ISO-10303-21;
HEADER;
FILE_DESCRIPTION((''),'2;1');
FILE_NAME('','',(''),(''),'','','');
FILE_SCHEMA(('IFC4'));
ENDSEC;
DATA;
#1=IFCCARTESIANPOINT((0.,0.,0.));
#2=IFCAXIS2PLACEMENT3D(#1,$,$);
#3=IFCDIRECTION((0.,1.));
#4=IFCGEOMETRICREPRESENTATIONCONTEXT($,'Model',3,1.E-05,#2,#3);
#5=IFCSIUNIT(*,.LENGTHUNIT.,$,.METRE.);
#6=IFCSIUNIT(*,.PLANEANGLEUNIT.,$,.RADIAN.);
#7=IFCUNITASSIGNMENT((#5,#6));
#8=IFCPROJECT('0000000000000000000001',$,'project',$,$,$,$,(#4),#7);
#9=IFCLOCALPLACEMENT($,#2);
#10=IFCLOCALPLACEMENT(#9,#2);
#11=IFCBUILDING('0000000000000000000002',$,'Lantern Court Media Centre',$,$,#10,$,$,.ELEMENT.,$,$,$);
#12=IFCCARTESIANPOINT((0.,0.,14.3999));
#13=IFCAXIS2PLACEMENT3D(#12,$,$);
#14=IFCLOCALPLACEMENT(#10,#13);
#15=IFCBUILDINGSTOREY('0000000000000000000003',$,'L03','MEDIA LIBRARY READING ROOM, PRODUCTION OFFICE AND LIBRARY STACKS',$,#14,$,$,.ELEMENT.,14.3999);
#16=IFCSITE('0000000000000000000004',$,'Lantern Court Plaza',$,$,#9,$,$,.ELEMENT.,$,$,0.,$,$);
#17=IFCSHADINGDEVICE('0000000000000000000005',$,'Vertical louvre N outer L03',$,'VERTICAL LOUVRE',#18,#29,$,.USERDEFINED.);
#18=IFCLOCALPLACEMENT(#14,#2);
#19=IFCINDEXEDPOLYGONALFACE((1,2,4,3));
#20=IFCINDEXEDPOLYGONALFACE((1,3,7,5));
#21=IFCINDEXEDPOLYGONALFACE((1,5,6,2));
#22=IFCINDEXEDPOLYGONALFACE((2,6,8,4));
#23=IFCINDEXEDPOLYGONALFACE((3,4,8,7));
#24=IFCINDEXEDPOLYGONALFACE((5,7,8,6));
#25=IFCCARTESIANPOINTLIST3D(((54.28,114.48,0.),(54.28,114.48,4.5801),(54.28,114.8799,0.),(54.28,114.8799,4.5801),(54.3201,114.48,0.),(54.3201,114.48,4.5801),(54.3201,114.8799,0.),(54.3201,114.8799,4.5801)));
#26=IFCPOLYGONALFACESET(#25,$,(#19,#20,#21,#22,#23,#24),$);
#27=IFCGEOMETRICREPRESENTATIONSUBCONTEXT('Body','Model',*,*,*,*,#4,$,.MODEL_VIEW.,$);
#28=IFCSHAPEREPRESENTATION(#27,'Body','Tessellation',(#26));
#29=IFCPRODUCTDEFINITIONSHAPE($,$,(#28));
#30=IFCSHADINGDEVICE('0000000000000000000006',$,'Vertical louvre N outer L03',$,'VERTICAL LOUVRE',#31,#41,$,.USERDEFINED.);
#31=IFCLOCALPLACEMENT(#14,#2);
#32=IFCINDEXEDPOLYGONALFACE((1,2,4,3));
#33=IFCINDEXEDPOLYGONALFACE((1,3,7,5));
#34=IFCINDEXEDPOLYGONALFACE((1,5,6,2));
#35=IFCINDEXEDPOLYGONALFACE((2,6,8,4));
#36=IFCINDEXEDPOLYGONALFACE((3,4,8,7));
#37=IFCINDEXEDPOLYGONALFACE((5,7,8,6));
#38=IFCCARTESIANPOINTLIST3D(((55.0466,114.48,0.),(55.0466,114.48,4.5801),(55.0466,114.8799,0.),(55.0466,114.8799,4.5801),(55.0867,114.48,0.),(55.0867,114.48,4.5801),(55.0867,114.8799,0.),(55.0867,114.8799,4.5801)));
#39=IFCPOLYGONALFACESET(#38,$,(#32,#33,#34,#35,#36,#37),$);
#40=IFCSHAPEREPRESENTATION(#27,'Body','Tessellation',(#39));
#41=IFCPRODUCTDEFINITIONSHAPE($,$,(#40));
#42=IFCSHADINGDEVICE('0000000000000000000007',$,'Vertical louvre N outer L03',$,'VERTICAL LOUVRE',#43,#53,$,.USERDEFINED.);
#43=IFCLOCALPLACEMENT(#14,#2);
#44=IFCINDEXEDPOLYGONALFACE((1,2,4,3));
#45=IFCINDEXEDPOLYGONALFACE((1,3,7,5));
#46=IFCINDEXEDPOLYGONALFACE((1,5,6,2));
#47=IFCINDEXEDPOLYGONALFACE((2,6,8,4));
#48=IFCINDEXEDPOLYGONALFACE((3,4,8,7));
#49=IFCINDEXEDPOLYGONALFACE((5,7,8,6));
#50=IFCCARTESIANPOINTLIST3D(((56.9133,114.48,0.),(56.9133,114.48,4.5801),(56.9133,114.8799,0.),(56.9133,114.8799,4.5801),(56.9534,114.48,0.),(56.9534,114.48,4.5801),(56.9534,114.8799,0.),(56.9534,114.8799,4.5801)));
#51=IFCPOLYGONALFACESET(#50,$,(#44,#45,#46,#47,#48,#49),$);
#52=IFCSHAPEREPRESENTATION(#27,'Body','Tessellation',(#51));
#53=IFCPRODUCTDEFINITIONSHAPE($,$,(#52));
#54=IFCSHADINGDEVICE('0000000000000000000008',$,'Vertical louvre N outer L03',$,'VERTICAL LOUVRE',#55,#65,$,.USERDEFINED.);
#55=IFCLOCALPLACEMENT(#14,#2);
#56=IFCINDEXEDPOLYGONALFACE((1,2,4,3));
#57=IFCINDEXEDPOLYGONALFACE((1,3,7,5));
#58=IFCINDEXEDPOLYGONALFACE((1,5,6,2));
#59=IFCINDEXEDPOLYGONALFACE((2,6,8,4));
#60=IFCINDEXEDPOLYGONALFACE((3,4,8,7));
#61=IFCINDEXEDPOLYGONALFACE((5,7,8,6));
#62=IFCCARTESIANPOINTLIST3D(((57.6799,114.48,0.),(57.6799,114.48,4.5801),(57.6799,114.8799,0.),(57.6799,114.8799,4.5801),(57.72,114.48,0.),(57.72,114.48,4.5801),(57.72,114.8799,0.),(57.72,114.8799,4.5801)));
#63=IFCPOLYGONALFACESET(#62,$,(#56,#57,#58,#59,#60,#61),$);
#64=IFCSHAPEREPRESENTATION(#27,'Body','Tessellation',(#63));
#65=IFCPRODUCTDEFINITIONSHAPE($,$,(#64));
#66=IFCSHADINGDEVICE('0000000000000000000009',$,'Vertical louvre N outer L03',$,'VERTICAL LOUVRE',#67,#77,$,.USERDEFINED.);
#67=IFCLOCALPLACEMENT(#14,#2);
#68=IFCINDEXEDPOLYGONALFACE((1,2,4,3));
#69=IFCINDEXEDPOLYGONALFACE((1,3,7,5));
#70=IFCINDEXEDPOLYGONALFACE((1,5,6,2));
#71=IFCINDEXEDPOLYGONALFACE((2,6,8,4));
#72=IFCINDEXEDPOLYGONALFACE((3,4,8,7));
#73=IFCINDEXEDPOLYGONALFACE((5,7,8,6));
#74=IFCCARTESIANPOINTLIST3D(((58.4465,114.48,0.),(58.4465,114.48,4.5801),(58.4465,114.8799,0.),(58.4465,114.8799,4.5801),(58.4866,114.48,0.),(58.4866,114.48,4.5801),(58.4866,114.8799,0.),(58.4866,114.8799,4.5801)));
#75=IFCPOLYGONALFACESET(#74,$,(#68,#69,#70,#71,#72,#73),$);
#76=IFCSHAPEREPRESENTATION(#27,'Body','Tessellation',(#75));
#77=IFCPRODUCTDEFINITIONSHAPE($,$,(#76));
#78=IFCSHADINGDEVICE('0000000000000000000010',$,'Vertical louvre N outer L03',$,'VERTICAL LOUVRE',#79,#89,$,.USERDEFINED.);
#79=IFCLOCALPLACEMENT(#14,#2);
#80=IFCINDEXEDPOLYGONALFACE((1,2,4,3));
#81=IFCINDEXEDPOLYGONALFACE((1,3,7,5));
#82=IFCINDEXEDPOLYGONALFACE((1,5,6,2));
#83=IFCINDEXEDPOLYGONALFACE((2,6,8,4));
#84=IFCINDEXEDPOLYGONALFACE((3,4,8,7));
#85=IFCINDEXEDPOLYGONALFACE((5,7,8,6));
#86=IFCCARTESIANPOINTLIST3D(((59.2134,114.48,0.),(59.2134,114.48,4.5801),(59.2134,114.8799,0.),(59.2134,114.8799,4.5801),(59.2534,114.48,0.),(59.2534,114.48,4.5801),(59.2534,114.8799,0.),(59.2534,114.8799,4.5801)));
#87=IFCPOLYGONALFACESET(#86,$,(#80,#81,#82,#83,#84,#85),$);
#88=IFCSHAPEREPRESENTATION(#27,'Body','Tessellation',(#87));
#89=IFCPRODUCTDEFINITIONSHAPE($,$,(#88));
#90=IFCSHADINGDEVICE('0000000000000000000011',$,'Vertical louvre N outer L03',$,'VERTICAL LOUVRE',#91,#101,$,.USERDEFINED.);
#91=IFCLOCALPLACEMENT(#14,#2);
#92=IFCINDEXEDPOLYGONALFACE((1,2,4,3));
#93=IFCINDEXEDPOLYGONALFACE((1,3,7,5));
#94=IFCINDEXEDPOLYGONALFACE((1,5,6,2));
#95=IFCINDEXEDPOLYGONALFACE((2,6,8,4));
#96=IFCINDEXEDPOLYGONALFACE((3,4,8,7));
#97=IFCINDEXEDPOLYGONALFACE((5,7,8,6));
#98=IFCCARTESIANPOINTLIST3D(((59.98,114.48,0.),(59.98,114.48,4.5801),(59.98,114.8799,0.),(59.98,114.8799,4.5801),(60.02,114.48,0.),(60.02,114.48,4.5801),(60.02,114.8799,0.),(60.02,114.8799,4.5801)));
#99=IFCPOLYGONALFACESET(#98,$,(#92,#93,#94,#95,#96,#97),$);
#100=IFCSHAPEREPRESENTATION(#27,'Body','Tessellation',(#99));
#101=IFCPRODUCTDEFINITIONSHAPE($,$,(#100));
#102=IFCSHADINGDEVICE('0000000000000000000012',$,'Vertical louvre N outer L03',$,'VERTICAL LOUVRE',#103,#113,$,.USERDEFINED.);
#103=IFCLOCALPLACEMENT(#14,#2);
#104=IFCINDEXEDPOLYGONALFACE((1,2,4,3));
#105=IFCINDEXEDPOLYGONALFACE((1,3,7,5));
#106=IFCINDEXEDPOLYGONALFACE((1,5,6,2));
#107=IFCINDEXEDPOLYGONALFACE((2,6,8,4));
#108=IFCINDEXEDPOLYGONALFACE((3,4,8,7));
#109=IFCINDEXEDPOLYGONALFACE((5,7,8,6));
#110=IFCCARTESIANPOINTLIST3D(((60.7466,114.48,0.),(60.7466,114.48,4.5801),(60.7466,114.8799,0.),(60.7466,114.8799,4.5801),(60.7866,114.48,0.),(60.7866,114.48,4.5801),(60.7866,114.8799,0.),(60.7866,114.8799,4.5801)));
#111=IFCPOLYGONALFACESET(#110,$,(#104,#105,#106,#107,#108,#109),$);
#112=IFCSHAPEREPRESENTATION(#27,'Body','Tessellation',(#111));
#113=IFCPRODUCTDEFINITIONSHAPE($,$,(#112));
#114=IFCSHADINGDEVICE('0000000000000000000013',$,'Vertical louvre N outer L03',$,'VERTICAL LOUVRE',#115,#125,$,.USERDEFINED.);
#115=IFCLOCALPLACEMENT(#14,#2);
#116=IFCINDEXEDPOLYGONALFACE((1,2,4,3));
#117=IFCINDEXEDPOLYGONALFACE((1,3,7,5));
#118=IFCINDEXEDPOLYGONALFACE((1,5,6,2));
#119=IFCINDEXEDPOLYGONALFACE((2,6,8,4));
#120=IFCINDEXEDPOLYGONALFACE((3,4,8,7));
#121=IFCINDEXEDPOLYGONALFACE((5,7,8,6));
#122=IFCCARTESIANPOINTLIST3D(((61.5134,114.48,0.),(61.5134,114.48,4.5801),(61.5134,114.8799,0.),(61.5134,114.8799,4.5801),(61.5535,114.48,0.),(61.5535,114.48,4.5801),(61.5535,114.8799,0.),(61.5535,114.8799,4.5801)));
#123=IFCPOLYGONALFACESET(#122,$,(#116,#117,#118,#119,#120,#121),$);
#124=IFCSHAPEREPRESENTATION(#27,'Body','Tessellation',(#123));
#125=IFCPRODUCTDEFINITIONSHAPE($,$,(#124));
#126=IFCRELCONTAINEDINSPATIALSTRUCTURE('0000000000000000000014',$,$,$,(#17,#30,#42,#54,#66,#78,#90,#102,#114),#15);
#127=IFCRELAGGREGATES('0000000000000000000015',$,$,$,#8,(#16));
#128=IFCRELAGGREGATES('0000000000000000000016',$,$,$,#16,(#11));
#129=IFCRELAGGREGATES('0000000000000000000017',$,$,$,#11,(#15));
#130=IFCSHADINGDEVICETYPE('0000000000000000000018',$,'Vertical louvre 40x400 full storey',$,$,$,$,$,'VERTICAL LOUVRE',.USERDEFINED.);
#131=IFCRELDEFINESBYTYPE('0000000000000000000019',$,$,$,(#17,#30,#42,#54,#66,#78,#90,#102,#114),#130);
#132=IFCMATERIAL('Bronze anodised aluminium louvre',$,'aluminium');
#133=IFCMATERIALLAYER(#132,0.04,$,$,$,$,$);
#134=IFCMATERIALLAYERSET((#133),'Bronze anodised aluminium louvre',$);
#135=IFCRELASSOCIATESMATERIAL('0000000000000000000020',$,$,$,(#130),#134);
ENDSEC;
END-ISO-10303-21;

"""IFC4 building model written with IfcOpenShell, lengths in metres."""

from ifc_helpers import new_model, si_unit, direction, frame, origin, origin_2d, place, context, subcontext, project, spatial, rectangle, extrude, material, layer, layer_set, type_object, element, save


model = new_model("IFC4")

# Units and contexts
model_context = context("Model", 3, precision=1e-05, world=origin(), true_north=direction((0.0, 1.0)))
body_context = subcontext(model_context, "Body", "Model", "MODEL_VIEW")
ifc_project = project(units=[si_unit("LENGTHUNIT", "METRE"), si_unit("PLANEANGLEUNIT", "RADIAN")], contexts=[model_context])

# Site, building, storey
site_placement = place(None, origin())
site = spatial("IfcSite", under=ifc_project, at=site_placement, Name="Lantern Court Plaza", CompositionType="ELEMENT", RefElevation=0.0)
building_placement = place(site_placement, origin())
building = spatial("IfcBuilding", under=site, at=building_placement, Name="Lantern Court Media Centre", CompositionType="ELEMENT")
storey_placement = place(building_placement, frame((0.0, 0.0, 14.3999)))
storey = spatial("IfcBuildingStorey", under=building, at=storey_placement, Name="L03", Description="MEDIA LIBRARY READING ROOM, PRODUCTION OFFICE AND LIBRARY STACKS", CompositionType="ELEMENT", Elevation=14.3999)

# Shading devices
ifc_material_1 = material(Name="Bronze anodised aluminium louvre", Category="aluminium")
ifc_layer_1 = layer(ifc_material_1, 0.04)
ifc_layer_set_1 = layer_set([ifc_layer_1], Name="Bronze anodised aluminium louvre")
shading_device_type = type_object("IfcShadingDeviceType", Name="Vertical louvre 40x400 full storey", ElementType="VERTICAL LOUVRE", PredefinedType="USERDEFINED", material=ifc_layer_set_1)
for number, where, z_axis, x_axis, name in (
    (1, (54.3, 114.6799, 0.0), (0.0, 0.0, 1.0), (1.0, 0.0, 0.0), "Vertical louvre N outer L03"),
    (2, (55.0667, 114.6799, 0.0), (0.0, 0.0, 1.0), (1.0, 0.0, 0.0), "Vertical louvre N outer L03"),
    (3, (56.9333, 114.6799, 0.0), (0.0, 0.0, 1.0), (1.0, 0.0, 0.0), "Vertical louvre N outer L03"),
    (4, (57.7, 114.6799, 0.0), (0.0, 0.0, 1.0), (1.0, 0.0, 0.0), "Vertical louvre N outer L03"),
    (5, (58.4666, 114.6799, 0.0), (0.0, 0.0, 1.0), (1.0, 0.0, 0.0), "Vertical louvre N outer L03"),
    (6, (59.2334, 114.6799, 0.0), (0.0, 0.0, 1.0), (1.0, 0.0, 0.0), "Vertical louvre N outer L03"),
    (7, (60.0, 114.6799, 0.0), (0.0, 0.0, 1.0), (1.0, 0.0, 0.0), "Vertical louvre N outer L03"),
    (8, (60.7666, 114.6799, 0.0), (0.0, 0.0, 1.0), (1.0, 0.0, 0.0), "Vertical louvre N outer L03"),
    (9, (61.5334, 114.6799, 0.0), (0.0, 0.0, 1.0), (1.0, 0.0, 0.0), "Vertical louvre N outer L03"),
):
    element("IfcShadingDevice", number, at=place(storey_placement, frame(where, z_axis=z_axis, x_axis=x_axis)), inside=storey, type_object=shading_device_type, Name=name, ObjectType="VERTICAL LOUVRE", PredefinedType="USERDEFINED", context=body_context, shape_type="SweptSolid", body=[
        extrude(rectangle(XDim=0.04, YDim=0.3999, at=origin_2d()), origin(), (0.0, 0.0, 1.0), 4.5801),
    ])

save(model, "model.ifc")
